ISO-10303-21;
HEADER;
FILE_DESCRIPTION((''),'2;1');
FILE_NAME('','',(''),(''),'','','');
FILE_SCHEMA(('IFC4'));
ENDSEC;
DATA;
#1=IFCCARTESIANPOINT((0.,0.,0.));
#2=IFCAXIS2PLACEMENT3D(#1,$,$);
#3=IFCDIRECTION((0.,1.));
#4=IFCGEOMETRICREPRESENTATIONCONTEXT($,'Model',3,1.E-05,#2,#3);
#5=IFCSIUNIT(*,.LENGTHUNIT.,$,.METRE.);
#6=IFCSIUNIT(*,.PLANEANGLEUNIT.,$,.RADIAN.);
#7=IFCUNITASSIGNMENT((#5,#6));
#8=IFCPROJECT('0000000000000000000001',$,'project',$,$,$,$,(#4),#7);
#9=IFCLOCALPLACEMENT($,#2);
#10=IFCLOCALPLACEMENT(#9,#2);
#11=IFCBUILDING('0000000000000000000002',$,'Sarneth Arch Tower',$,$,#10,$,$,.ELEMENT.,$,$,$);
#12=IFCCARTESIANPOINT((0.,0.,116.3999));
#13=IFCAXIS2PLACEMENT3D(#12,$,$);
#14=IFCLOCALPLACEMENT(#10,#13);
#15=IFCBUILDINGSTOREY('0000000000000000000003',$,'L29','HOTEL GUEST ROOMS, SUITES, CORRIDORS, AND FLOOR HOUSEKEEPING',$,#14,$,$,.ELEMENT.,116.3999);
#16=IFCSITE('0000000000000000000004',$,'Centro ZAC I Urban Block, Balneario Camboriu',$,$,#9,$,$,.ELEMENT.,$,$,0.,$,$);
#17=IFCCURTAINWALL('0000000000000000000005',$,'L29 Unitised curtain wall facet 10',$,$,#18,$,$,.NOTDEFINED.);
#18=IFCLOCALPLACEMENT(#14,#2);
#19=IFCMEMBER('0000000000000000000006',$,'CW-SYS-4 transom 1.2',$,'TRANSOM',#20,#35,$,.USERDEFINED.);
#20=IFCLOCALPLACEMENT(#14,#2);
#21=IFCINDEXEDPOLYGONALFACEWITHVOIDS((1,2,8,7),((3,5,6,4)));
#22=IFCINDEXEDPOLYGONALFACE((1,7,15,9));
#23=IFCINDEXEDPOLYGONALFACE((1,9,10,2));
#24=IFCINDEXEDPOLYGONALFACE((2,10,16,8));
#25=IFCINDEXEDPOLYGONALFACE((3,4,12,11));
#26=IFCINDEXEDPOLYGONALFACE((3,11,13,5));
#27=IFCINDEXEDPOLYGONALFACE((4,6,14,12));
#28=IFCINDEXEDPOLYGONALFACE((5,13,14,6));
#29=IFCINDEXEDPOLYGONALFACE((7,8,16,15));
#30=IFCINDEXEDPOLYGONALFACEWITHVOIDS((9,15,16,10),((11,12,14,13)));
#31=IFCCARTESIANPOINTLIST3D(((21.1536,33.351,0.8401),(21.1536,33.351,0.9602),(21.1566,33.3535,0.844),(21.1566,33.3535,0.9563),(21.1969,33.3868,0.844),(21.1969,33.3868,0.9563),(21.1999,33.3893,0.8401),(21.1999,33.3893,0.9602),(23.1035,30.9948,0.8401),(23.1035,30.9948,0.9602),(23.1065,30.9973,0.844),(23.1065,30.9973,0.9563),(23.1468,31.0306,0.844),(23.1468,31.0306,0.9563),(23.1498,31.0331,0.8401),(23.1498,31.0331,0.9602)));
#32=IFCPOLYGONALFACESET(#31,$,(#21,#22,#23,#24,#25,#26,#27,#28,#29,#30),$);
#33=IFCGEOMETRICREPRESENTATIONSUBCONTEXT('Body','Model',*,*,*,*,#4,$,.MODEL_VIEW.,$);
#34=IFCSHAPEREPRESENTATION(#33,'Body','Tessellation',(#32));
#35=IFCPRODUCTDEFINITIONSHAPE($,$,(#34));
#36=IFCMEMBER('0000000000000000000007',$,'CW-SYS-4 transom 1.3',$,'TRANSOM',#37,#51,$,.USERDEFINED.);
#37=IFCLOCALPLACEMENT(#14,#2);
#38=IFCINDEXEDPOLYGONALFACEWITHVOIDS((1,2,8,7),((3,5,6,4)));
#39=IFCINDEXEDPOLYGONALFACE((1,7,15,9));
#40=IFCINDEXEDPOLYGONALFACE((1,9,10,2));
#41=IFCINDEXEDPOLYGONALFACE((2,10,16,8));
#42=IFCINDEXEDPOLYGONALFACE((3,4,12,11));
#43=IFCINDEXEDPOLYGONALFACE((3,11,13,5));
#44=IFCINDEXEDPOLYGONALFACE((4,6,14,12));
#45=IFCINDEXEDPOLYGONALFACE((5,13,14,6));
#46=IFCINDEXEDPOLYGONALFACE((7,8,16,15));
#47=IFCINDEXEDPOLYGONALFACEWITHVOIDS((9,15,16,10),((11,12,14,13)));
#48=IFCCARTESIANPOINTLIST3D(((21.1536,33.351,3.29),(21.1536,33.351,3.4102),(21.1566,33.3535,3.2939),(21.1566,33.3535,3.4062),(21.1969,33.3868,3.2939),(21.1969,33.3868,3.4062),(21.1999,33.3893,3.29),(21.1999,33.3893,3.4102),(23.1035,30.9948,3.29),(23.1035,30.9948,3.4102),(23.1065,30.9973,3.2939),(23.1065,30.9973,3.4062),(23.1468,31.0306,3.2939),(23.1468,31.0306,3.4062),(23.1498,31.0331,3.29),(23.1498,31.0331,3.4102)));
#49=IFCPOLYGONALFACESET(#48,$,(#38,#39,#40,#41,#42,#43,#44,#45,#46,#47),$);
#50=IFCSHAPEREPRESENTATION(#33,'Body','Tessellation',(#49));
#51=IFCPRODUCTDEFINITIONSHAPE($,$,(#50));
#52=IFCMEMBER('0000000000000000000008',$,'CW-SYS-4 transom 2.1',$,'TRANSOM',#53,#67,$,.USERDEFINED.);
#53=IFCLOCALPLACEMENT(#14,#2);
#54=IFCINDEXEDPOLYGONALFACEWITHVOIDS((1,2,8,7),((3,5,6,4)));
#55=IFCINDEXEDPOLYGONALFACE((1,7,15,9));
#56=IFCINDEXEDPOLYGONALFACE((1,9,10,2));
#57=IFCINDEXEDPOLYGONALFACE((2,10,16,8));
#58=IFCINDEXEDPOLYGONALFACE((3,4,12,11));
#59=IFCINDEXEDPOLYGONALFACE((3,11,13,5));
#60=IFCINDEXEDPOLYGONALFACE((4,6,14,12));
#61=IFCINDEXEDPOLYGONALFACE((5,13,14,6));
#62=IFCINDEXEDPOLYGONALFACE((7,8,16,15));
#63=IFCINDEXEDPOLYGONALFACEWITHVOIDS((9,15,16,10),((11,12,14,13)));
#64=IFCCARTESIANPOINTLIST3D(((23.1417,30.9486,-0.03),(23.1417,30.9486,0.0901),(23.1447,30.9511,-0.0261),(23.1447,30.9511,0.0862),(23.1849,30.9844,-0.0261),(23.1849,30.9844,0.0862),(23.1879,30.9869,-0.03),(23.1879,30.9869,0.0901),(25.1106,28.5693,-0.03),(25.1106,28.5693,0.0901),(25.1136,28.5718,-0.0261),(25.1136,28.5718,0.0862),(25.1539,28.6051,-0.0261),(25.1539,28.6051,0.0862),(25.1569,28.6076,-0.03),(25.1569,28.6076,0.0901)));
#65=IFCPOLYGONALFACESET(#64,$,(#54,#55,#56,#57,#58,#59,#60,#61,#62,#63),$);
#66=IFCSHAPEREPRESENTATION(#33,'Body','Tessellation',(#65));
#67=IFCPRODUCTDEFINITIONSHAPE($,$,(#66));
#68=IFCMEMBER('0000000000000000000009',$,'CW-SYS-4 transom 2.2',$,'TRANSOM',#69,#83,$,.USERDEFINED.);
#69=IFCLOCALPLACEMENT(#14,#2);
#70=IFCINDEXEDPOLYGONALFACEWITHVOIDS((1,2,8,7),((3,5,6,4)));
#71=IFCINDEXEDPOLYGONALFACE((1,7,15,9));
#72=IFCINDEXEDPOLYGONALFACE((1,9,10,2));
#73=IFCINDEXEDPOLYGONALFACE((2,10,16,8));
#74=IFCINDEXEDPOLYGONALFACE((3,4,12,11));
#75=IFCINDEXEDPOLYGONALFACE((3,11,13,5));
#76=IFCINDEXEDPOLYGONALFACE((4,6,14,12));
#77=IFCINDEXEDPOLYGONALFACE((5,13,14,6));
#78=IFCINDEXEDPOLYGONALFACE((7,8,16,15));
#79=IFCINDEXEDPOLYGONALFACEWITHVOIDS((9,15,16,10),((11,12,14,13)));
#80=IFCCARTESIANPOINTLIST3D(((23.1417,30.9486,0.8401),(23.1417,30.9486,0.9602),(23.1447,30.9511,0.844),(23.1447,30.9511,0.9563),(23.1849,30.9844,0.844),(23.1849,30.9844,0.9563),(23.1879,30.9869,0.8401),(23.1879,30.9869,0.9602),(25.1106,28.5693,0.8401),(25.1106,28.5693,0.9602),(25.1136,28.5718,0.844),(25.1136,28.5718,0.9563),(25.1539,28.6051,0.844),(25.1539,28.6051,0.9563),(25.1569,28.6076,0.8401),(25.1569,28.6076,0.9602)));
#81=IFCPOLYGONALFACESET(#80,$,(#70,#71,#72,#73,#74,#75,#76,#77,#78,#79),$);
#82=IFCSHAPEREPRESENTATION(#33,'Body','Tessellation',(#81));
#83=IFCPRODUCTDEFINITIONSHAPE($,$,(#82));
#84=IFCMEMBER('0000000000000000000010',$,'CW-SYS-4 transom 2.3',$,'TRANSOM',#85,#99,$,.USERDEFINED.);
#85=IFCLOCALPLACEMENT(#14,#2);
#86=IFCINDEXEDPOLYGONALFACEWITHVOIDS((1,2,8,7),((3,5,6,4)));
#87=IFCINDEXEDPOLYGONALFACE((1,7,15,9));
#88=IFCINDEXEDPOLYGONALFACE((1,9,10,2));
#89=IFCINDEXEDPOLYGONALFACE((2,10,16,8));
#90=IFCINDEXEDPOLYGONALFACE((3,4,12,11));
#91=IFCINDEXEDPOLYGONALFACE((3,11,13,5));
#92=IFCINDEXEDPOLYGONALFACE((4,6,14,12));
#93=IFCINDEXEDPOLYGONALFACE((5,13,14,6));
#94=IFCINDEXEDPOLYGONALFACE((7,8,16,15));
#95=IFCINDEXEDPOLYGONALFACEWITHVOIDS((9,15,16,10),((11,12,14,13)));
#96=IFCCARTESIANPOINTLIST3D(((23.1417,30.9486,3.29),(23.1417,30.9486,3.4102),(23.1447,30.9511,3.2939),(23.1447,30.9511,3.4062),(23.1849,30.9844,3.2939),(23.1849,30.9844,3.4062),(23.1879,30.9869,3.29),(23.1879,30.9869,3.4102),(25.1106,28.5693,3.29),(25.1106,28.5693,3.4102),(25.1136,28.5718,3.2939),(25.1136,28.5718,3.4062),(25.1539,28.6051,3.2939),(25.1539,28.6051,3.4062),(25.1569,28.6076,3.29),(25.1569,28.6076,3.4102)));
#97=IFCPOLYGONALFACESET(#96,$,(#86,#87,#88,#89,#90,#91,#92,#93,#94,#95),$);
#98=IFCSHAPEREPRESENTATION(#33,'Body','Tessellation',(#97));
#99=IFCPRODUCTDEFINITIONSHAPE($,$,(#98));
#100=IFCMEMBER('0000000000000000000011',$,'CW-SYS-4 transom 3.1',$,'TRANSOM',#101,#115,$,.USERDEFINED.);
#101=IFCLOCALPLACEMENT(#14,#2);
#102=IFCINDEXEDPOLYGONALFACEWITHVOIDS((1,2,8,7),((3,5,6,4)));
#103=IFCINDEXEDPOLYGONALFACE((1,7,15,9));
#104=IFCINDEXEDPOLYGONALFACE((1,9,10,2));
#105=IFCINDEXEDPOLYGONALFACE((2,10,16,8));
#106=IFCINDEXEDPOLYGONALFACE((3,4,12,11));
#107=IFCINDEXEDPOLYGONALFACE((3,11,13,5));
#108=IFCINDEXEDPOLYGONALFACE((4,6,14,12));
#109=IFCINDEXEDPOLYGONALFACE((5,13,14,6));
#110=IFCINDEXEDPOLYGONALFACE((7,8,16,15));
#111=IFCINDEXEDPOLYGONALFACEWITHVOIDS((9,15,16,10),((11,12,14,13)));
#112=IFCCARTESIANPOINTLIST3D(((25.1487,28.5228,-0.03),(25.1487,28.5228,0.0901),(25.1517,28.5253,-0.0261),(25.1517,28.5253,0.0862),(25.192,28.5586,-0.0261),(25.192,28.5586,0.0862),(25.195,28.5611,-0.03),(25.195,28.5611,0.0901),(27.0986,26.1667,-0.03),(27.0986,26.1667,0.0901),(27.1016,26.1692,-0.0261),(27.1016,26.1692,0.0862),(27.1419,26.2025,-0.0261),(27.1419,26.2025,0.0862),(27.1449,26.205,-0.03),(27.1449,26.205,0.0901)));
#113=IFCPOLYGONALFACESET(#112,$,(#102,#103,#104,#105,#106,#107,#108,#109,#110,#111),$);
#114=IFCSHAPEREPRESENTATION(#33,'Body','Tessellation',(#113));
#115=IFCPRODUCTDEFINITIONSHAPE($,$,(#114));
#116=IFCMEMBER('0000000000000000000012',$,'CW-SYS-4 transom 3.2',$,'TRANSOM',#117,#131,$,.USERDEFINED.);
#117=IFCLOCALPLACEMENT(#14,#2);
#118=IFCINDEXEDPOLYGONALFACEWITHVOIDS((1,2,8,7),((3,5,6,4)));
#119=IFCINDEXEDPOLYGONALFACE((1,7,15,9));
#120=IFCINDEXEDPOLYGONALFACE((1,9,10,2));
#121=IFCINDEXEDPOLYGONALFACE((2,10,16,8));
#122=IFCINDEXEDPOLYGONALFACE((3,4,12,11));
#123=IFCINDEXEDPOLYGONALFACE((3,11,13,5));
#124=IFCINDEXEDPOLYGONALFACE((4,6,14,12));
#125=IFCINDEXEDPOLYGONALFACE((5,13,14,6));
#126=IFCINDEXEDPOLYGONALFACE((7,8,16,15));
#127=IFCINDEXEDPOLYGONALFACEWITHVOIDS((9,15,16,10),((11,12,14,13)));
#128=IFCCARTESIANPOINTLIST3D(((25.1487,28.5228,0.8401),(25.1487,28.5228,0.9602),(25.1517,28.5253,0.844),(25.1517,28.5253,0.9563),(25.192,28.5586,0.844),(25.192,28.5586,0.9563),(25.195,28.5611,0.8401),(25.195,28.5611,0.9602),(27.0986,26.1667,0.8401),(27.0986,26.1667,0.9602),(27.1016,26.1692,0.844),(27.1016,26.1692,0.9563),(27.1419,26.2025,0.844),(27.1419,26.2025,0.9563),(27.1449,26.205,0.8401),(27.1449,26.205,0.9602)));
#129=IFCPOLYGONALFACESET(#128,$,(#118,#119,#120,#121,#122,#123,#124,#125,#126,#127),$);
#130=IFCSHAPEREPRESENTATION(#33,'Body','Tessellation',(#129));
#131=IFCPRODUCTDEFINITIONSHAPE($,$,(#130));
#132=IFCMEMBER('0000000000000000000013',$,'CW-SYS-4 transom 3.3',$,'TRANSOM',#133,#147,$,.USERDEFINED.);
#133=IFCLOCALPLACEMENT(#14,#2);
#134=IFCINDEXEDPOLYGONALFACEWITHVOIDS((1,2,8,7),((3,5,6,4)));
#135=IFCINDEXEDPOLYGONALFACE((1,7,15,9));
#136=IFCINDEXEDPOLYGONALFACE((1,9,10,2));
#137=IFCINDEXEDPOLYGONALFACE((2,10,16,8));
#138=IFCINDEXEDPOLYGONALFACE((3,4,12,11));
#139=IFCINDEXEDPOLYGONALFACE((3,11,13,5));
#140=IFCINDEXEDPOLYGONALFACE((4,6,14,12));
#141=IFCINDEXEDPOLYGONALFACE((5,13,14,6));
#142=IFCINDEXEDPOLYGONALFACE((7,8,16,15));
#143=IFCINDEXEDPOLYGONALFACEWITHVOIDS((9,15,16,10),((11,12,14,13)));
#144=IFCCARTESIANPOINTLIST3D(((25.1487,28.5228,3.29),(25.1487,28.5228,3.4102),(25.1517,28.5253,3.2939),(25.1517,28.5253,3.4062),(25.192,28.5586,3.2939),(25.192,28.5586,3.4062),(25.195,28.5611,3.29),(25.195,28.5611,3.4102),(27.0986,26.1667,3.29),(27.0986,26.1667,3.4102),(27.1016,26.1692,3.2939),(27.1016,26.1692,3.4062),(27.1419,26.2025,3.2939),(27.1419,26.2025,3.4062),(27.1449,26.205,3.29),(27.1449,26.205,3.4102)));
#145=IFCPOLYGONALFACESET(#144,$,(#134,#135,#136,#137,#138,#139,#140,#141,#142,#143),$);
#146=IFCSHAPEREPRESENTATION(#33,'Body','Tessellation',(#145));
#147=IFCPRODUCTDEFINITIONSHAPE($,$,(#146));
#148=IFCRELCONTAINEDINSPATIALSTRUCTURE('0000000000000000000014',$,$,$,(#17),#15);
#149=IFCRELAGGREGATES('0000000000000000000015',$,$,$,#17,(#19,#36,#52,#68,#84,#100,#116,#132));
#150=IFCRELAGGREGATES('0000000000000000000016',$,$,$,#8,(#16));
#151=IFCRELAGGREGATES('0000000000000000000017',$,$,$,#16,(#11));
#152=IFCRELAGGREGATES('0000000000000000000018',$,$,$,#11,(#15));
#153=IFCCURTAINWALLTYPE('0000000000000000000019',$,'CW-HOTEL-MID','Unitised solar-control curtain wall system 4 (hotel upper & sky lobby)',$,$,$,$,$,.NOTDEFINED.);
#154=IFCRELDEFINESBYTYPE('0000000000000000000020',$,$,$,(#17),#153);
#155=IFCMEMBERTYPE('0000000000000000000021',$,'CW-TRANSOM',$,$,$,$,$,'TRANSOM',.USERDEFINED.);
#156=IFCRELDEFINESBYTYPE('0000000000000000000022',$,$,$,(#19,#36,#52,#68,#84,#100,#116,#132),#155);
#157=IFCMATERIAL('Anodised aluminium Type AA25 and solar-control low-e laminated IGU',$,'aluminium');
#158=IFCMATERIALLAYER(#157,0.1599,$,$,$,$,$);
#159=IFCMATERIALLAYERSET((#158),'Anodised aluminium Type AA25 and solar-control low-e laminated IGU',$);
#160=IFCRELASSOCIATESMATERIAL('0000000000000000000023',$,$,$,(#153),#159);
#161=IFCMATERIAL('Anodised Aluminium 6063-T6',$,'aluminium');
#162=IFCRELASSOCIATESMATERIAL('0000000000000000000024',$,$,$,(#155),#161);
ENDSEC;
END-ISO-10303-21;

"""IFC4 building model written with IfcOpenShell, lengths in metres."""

from ifc_helpers import new_model, si_unit, direction, frame, origin, origin_2d, place, context, subcontext, project, spatial, hollow_rectangle, extrude, material, layer, layer_set, material_profile, profile_set, type_object, element, aggregate, save


model = new_model("IFC4")

# Units and contexts
model_context = context("Model", 3, precision=1e-05, world=origin(), true_north=direction((0.0, 1.0)))
body_context = subcontext(model_context, "Body", "Model", "MODEL_VIEW")
ifc_project = project(units=[si_unit("LENGTHUNIT", "METRE"), si_unit("PLANEANGLEUNIT", "RADIAN")], contexts=[model_context])

# Site, building, storey
site_placement = place(None, origin())
site = spatial("IfcSite", under=ifc_project, at=site_placement, Name="Centro ZAC I Urban Block, Balneario Camboriu", CompositionType="ELEMENT", RefElevation=0.0)
building_placement = place(site_placement, origin())
building = spatial("IfcBuilding", under=site, at=building_placement, Name="Sarneth Arch Tower", CompositionType="ELEMENT")
storey_placement = place(building_placement, frame((0.0, 0.0, 116.3999)))
storey = spatial("IfcBuildingStorey", under=building, at=storey_placement, Name="L29", Description="HOTEL GUEST ROOMS, SUITES, CORRIDORS, AND FLOOR HOUSEKEEPING", CompositionType="ELEMENT", Elevation=116.3999)

# Curtain wall, members
ifc_material_1 = material(Name="Anodised aluminium Type AA25 and solar-control low-e laminated IGU", Category="aluminium")
ifc_layer_1 = layer(ifc_material_1, 0.1599)
ifc_layer_set_1 = layer_set([ifc_layer_1], Name="Anodised aluminium Type AA25 and solar-control low-e laminated IGU")
curtain_wall_type = type_object("IfcCurtainWallType", Name="CW-HOTEL-MID", Description="Unitised solar-control curtain wall system 4 (hotel upper & sky lobby)", PredefinedType="NOTDEFINED", material=ifc_layer_set_1)
curtain_wall_placement = place(storey_placement, origin())
curtain_wall = element("IfcCurtainWall", 1, at=curtain_wall_placement, inside=storey, type_object=curtain_wall_type, Name="L29 Unitised curtain wall facet 10", PredefinedType="NOTDEFINED")
ifc_material_2 = material(Name="Anodised Aluminium 6063-T6", Category="aluminium")
ifc_material_profile_1 = material_profile(ifc_material_2, hollow_rectangle(XDim=0.0601, YDim=0.1201, WallThickness=0.0039, at=origin_2d()), Name="AL-TRAN-120x60x4")
ifc_profile_set_1 = profile_set([ifc_material_profile_1], Name="Anodised Aluminium 6063-T6")
member_type_1 = type_object("IfcMemberType", Name="CW-TRANSOM", ElementType="TRANSOM", PredefinedType="USERDEFINED", material=ifc_profile_set_1)
member_1_placement = place(storey_placement, frame((21.1768, 33.3701, 0.9001), z_axis=(0.637566, -0.770396, 0.0), x_axis=(0.770396, 0.637566, 0.0)))
member_1 = element("IfcMember", 2, at=member_1_placement, type_object=member_type_1, Name="CW-SYS-4 transom 1.2", ObjectType="TRANSOM", PredefinedType="USERDEFINED", context=body_context, shape_type="SweptSolid", body=[
    extrude(hollow_rectangle(XDim=0.0601, YDim=0.1201, WallThickness=0.0039, at=origin_2d()), origin(), (0.0, 0.0, 1.0), 3.0583),
])
member_2_placement = place(storey_placement, frame((21.1768, 33.3701, 3.3501), z_axis=(0.637566, -0.770396, 0.0), x_axis=(0.770396, 0.637566, 0.0)))
member_2 = element("IfcMember", 3, at=member_2_placement, type_object=member_type_1, Name="CW-SYS-4 transom 1.3", ObjectType="TRANSOM", PredefinedType="USERDEFINED", context=body_context, shape_type="SweptSolid", body=[
    extrude(hollow_rectangle(XDim=0.0601, YDim=0.1201, WallThickness=0.0039, at=origin_2d()), origin(), (0.0, 0.0, 1.0), 3.0583),
])
member_3_placement = place(storey_placement, frame((23.1648, 30.9678, 0.03), z_axis=(0.637537, -0.77042, 0.0), x_axis=(0.77042, 0.637537, 0.0)))
member_3 = element("IfcMember", 4, at=member_3_placement, type_object=member_type_1, Name="CW-SYS-4 transom 2.1", ObjectType="TRANSOM", PredefinedType="USERDEFINED", context=body_context, shape_type="SweptSolid", body=[
    extrude(hollow_rectangle(XDim=0.0601, YDim=0.1201, WallThickness=0.0039, at=origin_2d()), origin(), (0.0, 0.0, 1.0), 3.0884),
])
member_4_placement = place(storey_placement, frame((23.1648, 30.9678, 0.9001), z_axis=(0.637537, -0.77042, 0.0), x_axis=(0.77042, 0.637537, 0.0)))
member_4 = element("IfcMember", 5, at=member_4_placement, type_object=member_type_1, Name="CW-SYS-4 transom 2.2", ObjectType="TRANSOM", PredefinedType="USERDEFINED", context=body_context, shape_type="SweptSolid", body=[
    extrude(hollow_rectangle(XDim=0.0601, YDim=0.1201, WallThickness=0.0039, at=origin_2d()), origin(), (0.0, 0.0, 1.0), 3.0884),
])
member_5_placement = place(storey_placement, frame((23.1648, 30.9678, 3.3501), z_axis=(0.637537, -0.77042, 0.0), x_axis=(0.77042, 0.637537, 0.0)))
member_5 = element("IfcMember", 6, at=member_5_placement, type_object=member_type_1, Name="CW-SYS-4 transom 2.3", ObjectType="TRANSOM", PredefinedType="USERDEFINED", context=body_context, shape_type="SweptSolid", body=[
    extrude(hollow_rectangle(XDim=0.0601, YDim=0.1201, WallThickness=0.0039, at=origin_2d()), origin(), (0.0, 0.0, 1.0), 3.0884),
])
member_6_placement = place(storey_placement, frame((25.1719, 28.542, 0.03), z_axis=(0.637566, -0.770396, 0.0), x_axis=(0.770396, 0.637566, 0.0)))
member_6 = element("IfcMember", 7, at=member_6_placement, type_object=member_type_1, Name="CW-SYS-4 transom 3.1", ObjectType="TRANSOM", PredefinedType="USERDEFINED", context=body_context, shape_type="SweptSolid", body=[
    extrude(hollow_rectangle(XDim=0.0601, YDim=0.1201, WallThickness=0.0039, at=origin_2d()), origin(), (0.0, 0.0, 1.0), 3.0583),
])
member_7_placement = place(storey_placement, frame((25.1719, 28.542, 0.9001), z_axis=(0.637566, -0.770396, 0.0), x_axis=(0.770396, 0.637566, 0.0)))
member_7 = element("IfcMember", 8, at=member_7_placement, type_object=member_type_1, Name="CW-SYS-4 transom 3.2", ObjectType="TRANSOM", PredefinedType="USERDEFINED", context=body_context, shape_type="SweptSolid", body=[
    extrude(hollow_rectangle(XDim=0.0601, YDim=0.1201, WallThickness=0.0039, at=origin_2d()), origin(), (0.0, 0.0, 1.0), 3.0583),
])
member_8_placement = place(storey_placement, frame((25.1719, 28.542, 3.3501), z_axis=(0.637566, -0.770396, 0.0), x_axis=(0.770396, 0.637566, 0.0)))
member_8 = element("IfcMember", 9, at=member_8_placement, type_object=member_type_1, Name="CW-SYS-4 transom 3.3", ObjectType="TRANSOM", PredefinedType="USERDEFINED", context=body_context, shape_type="SweptSolid", body=[
    extrude(hollow_rectangle(XDim=0.0601, YDim=0.1201, WallThickness=0.0039, at=origin_2d()), origin(), (0.0, 0.0, 1.0), 3.0583),
])

aggregate(curtain_wall, [member_1, member_2, member_3, member_4, member_5, member_6, member_7, member_8])

save(model, "model.ifc")
